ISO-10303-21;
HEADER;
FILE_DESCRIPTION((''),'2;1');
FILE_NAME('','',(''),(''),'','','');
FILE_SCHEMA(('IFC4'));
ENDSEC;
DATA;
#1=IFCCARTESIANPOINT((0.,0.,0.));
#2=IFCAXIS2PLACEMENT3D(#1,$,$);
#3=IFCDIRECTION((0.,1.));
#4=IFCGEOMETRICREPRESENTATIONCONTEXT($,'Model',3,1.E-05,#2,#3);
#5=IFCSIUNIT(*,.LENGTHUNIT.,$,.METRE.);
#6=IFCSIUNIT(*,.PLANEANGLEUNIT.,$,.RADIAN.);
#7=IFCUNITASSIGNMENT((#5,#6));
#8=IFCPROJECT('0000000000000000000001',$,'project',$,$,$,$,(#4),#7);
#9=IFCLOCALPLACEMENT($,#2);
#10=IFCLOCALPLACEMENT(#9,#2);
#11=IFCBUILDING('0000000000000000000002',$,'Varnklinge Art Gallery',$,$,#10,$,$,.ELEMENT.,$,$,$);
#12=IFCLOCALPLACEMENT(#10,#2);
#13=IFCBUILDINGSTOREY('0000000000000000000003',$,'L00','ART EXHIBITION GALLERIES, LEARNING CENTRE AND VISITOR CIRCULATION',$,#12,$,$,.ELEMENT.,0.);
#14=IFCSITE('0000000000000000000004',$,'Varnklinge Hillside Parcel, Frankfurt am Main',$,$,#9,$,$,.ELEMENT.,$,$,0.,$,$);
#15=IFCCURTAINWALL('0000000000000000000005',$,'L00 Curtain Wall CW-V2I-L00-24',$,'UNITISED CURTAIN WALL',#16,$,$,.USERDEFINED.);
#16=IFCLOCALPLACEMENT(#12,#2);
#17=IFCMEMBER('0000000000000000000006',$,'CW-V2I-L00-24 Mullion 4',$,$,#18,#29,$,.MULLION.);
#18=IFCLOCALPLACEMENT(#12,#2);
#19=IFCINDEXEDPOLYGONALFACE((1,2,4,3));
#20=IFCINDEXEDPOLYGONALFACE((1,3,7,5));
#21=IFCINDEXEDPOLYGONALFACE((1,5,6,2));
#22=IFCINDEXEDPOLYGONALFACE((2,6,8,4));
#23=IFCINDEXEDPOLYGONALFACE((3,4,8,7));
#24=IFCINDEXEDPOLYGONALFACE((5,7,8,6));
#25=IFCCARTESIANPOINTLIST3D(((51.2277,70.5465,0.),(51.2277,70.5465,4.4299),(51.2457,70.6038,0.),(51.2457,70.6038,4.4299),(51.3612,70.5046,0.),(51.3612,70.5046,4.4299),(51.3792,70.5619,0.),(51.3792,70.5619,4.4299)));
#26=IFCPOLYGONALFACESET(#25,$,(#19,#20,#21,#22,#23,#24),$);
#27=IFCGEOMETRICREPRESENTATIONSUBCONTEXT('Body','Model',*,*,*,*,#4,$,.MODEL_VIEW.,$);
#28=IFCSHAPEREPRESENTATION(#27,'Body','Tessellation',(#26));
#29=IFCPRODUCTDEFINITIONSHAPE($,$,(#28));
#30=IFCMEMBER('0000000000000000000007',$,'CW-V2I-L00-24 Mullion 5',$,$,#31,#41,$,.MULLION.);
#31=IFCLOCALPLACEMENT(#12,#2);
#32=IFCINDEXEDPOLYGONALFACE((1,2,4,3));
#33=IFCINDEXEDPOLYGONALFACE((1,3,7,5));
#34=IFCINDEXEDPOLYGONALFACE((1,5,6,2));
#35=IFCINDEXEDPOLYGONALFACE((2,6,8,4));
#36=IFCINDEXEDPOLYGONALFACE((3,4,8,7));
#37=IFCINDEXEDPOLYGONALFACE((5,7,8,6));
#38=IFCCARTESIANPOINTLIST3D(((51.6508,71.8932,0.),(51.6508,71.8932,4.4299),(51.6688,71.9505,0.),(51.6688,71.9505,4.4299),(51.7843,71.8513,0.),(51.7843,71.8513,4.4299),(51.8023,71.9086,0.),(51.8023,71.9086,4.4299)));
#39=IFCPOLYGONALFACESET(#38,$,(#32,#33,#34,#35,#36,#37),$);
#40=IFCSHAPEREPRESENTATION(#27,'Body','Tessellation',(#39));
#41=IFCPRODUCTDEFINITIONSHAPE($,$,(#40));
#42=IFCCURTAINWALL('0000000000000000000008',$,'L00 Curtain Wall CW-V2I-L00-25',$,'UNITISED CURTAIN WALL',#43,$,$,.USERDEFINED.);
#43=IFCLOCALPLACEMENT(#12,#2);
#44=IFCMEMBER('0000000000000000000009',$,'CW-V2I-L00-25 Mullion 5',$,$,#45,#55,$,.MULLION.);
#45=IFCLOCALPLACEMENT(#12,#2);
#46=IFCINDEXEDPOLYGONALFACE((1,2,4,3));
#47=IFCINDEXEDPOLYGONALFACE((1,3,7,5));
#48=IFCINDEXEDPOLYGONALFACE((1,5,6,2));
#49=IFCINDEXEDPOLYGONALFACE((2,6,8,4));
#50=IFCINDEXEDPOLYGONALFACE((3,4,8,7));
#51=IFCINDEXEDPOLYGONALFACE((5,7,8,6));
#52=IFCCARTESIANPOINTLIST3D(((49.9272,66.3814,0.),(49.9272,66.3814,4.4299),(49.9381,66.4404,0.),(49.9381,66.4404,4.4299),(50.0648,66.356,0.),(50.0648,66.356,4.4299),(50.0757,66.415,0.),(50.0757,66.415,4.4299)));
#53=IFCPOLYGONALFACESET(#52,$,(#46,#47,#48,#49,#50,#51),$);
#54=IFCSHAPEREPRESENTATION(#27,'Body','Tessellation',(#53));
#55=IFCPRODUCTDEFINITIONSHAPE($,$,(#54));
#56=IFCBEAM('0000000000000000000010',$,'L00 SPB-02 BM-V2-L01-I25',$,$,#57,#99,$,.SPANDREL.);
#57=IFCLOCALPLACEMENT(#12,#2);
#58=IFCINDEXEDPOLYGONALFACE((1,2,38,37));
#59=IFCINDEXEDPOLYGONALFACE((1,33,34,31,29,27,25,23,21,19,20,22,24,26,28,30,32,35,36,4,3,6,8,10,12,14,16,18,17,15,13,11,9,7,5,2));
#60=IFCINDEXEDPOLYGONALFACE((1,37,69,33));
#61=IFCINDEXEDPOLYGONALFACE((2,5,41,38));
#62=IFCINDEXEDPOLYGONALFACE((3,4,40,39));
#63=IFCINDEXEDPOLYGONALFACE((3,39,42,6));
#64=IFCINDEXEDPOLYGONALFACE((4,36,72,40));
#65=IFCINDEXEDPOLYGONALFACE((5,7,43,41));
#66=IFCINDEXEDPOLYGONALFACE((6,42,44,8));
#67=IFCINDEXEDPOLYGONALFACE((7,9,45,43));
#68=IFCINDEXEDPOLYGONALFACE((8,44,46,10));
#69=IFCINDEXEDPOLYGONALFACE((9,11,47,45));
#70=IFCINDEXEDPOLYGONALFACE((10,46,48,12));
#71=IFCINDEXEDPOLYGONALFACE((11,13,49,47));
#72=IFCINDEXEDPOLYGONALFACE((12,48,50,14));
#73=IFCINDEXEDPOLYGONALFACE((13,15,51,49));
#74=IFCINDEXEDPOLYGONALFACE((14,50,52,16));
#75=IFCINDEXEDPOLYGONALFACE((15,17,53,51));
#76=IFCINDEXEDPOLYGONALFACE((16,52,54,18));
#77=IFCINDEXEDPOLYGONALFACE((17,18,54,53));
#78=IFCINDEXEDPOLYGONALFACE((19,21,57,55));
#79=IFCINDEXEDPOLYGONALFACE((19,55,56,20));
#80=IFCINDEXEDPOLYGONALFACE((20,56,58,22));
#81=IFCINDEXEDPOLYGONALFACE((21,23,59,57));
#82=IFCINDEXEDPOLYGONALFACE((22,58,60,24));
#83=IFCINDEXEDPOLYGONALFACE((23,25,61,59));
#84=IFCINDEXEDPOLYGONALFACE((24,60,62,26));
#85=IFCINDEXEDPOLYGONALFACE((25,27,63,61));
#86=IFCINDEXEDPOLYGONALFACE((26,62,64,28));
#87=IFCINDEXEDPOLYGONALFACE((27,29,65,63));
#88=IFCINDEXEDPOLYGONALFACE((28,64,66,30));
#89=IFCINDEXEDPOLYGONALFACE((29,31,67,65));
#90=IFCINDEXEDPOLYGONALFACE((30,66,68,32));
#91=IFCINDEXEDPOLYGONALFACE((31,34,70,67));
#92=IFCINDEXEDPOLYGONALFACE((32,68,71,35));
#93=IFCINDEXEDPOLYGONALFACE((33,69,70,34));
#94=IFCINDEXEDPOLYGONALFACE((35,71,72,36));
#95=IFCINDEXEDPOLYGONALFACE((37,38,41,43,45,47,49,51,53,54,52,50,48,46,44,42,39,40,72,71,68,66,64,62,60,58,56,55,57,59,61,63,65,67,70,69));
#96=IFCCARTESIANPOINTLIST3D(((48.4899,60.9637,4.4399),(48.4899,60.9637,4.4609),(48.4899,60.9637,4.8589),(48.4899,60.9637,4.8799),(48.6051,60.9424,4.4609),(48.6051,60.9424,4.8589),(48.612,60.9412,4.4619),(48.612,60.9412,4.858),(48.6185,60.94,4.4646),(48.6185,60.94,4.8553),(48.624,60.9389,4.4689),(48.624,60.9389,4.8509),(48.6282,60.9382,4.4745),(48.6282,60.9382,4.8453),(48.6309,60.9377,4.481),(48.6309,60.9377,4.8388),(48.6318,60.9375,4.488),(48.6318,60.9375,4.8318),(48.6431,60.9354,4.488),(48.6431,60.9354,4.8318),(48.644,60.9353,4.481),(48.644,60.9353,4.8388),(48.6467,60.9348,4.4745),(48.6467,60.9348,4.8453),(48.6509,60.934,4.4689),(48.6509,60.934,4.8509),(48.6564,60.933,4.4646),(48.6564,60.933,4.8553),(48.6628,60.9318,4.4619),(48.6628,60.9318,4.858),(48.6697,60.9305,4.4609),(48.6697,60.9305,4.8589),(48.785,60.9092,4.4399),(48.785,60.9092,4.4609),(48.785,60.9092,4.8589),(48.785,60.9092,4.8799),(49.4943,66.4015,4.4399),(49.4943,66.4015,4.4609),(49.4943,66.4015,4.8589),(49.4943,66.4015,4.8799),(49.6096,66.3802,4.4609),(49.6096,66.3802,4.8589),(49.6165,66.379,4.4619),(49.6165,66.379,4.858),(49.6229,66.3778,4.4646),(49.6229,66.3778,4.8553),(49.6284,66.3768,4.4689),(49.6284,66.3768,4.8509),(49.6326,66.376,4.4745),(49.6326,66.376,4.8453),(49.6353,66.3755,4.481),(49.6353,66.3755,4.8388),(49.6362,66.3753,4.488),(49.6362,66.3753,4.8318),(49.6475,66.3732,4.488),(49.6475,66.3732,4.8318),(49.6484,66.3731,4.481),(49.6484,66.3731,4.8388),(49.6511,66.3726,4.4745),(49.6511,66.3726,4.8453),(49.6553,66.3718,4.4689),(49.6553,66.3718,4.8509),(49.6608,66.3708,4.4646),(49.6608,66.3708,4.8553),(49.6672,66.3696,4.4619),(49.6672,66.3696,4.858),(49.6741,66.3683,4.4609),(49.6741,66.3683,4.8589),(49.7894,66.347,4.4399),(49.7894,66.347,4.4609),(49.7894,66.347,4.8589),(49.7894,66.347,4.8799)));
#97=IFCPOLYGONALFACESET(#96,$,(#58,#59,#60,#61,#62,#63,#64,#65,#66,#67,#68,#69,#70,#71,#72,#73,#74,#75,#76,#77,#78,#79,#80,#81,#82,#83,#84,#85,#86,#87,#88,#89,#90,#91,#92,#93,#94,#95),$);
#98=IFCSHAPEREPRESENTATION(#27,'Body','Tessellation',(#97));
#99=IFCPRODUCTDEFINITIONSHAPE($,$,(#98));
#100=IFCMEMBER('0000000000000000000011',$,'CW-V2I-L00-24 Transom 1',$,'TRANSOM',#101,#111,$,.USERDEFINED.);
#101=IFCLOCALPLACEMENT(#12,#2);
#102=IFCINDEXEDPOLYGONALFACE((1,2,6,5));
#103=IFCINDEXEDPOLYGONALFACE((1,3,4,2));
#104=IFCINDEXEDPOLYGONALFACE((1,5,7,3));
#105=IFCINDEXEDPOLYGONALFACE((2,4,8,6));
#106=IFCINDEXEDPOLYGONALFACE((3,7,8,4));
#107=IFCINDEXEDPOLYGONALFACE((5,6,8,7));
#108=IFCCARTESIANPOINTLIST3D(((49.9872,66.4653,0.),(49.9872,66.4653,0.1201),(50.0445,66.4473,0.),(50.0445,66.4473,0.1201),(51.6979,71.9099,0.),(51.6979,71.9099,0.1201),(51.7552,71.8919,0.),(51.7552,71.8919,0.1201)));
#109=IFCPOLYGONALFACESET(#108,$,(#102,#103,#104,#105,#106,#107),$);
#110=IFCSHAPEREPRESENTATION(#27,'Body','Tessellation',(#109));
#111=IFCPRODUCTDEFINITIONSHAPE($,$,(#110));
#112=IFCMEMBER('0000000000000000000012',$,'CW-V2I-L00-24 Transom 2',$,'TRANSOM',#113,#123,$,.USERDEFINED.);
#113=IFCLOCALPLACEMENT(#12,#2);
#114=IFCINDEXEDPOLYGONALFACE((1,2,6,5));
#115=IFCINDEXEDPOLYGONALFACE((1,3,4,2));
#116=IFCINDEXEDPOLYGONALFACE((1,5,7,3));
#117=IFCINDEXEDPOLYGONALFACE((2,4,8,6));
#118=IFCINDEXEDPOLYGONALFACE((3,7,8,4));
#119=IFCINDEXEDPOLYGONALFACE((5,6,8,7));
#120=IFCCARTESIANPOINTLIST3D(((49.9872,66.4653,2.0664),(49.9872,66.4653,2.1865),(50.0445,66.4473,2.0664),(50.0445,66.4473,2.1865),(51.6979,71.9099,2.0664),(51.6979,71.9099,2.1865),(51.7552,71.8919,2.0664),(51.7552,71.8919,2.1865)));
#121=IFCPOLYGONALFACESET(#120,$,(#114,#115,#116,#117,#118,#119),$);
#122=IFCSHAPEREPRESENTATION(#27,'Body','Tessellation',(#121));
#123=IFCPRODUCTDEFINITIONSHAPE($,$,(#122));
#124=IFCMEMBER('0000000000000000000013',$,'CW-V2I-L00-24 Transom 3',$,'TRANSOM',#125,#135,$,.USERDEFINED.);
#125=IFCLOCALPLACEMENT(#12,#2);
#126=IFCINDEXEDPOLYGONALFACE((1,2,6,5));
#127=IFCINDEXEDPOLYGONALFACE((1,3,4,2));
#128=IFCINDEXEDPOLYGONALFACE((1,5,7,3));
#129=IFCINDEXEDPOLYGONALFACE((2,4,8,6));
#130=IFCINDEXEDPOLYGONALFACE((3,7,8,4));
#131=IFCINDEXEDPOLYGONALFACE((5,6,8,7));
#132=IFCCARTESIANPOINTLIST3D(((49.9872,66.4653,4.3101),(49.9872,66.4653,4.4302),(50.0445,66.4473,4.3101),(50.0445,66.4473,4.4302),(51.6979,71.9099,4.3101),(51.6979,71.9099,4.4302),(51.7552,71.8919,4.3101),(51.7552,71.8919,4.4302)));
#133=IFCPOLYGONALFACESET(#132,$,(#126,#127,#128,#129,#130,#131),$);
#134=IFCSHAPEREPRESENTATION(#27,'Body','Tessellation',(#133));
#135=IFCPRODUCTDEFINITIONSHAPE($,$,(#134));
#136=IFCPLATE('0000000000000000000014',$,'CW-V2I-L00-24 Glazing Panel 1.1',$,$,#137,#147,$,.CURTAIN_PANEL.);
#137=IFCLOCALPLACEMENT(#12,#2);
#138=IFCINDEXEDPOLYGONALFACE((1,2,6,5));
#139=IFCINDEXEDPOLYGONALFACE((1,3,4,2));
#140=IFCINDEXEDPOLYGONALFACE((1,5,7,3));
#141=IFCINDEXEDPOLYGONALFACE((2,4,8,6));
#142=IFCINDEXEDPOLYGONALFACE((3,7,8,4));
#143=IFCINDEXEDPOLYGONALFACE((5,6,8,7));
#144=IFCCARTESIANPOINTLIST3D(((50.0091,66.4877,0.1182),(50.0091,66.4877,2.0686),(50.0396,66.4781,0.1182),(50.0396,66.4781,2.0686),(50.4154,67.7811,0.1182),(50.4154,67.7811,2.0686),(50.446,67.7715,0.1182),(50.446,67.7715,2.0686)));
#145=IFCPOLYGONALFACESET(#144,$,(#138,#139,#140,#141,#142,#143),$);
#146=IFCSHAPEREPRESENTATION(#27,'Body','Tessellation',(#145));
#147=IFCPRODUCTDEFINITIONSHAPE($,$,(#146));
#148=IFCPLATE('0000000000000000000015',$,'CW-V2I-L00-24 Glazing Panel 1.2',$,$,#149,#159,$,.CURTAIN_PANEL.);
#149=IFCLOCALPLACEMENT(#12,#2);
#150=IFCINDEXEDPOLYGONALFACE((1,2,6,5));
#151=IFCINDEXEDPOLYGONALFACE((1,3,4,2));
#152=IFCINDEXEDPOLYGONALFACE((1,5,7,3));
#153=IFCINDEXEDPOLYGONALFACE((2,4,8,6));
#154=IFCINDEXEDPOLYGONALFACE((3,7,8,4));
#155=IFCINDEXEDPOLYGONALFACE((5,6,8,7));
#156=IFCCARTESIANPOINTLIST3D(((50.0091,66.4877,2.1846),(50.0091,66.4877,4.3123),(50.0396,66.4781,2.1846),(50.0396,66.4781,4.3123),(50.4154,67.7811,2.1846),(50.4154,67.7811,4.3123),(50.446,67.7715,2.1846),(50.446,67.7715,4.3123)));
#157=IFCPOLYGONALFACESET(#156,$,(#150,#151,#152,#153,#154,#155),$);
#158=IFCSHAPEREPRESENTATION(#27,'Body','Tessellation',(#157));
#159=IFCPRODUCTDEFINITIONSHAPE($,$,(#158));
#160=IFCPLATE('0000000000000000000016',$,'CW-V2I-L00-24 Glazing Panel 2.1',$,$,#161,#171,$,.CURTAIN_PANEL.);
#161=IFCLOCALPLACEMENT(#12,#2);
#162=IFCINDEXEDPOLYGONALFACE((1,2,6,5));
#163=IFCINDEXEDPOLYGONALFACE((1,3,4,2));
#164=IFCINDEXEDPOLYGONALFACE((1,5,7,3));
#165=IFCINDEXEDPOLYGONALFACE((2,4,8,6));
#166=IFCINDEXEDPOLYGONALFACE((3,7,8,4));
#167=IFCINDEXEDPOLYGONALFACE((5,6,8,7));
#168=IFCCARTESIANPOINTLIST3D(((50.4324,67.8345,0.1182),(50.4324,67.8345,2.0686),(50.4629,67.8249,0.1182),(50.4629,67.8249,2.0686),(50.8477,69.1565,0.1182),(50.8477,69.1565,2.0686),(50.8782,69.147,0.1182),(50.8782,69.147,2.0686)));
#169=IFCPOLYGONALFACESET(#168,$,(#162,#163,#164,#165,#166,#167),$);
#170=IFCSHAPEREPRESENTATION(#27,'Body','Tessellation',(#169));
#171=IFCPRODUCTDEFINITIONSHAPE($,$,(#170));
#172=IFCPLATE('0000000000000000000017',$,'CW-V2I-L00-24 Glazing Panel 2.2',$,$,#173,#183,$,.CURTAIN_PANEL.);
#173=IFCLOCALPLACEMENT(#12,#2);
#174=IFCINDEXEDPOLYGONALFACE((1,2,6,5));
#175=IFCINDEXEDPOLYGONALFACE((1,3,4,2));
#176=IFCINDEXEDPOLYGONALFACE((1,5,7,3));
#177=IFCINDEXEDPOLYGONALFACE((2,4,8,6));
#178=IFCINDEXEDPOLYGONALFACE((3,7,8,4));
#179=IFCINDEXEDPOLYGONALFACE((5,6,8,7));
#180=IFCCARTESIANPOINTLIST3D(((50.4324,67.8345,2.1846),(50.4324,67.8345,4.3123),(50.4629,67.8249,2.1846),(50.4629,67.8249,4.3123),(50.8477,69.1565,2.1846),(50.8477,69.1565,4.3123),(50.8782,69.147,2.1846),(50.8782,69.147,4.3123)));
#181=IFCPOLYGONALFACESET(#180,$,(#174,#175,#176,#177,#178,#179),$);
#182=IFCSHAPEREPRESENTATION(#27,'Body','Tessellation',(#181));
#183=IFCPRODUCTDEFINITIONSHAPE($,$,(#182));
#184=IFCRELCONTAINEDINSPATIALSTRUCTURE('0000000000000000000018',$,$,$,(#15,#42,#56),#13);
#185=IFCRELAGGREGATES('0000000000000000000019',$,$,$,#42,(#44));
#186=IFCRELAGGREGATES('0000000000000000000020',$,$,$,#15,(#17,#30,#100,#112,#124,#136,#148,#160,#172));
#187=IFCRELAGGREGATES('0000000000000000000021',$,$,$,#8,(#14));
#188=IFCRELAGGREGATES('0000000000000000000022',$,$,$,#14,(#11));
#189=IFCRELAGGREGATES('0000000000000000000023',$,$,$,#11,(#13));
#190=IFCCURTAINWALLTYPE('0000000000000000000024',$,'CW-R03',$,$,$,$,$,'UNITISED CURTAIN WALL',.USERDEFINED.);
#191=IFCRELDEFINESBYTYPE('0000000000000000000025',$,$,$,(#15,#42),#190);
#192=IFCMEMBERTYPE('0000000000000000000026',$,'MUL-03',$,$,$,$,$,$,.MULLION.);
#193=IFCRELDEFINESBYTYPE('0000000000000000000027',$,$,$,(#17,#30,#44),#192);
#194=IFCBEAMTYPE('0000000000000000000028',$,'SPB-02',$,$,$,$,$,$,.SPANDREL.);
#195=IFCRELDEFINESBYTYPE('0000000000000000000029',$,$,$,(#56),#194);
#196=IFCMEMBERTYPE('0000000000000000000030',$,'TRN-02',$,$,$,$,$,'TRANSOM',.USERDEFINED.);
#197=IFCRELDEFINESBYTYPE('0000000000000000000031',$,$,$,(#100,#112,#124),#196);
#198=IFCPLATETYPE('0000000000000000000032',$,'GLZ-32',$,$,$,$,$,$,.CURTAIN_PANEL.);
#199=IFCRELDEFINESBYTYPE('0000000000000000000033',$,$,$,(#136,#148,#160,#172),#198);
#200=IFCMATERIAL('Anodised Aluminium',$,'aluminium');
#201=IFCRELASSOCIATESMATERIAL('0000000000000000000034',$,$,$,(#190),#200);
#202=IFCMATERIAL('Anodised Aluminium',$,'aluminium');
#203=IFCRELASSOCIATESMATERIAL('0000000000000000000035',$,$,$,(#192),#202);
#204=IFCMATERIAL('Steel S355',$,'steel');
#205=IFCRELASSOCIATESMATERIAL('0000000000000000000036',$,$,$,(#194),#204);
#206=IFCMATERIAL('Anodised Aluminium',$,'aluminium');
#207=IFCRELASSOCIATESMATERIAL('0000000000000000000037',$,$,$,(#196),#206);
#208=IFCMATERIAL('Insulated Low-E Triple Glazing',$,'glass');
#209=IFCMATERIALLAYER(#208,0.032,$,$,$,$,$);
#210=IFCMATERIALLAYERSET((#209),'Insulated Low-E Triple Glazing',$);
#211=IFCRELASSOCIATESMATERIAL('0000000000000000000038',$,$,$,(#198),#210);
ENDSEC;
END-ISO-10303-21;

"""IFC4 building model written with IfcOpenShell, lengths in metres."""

from ifc_helpers import new_model, si_unit, direction, frame, origin, origin_2d, place, context, subcontext, project, spatial, rectangle, i_section, extrude, material, layer, layer_set, material_profile, profile_set, type_object, element, aggregate, save


model = new_model("IFC4")

# Units and contexts
model_context = context("Model", 3, precision=1e-05, world=origin(), true_north=direction((0.0, 1.0)))
body_context = subcontext(model_context, "Body", "Model", "MODEL_VIEW")
ifc_project = project(units=[si_unit("LENGTHUNIT", "METRE"), si_unit("PLANEANGLEUNIT", "RADIAN")], contexts=[model_context])

# Site, building, storey
site_placement = place(None, origin())
site = spatial("IfcSite", under=ifc_project, at=site_placement, Name="Varnklinge Hillside Parcel, Frankfurt am Main", CompositionType="ELEMENT", RefElevation=0.0)
building_placement = place(site_placement, origin())
building = spatial("IfcBuilding", under=site, at=building_placement, Name="Varnklinge Art Gallery", CompositionType="ELEMENT")
storey_placement = place(building_placement, origin())
storey = spatial("IfcBuildingStorey", under=building, at=storey_placement, Name="L00", Description="ART EXHIBITION GALLERIES, LEARNING CENTRE AND VISITOR CIRCULATION", CompositionType="ELEMENT", Elevation=0.0)

# Curtain wall, members
ifc_material_1 = material(Name="Anodised Aluminium", Category="aluminium")
curtain_wall_type = type_object("IfcCurtainWallType", Name="CW-R03", ElementType="UNITISED CURTAIN WALL", PredefinedType="USERDEFINED", material=ifc_material_1)
curtain_wall_1_placement = place(storey_placement, origin())
curtain_wall_1 = element("IfcCurtainWall", 1, at=curtain_wall_1_placement, inside=storey, type_object=curtain_wall_type, Name="L00 Curtain Wall CW-V2I-L00-24", ObjectType="UNITISED CURTAIN WALL", PredefinedType="USERDEFINED")
ifc_material_2 = material(Name="Anodised Aluminium", Category="aluminium")
ifc_material_profile_1 = material_profile(ifc_material_2, rectangle(XDim=0.0601, YDim=0.1399, at=origin_2d()), Name="ALU 60x140")
ifc_profile_set_1 = profile_set([ifc_material_profile_1], Name="Anodised Aluminium")
member_type_1 = type_object("IfcMemberType", Name="MUL-03", PredefinedType="MULLION", material=ifc_profile_set_1)
member_1_placement = place(storey_placement, frame((51.3035, 70.5542, 0.0), z_axis=(0.0, 0.0, 1.0), x_axis=(0.299707, 0.954031, 0.0)))
member_1 = element("IfcMember", 2, at=member_1_placement, type_object=member_type_1, Name="CW-V2I-L00-24 Mullion 4", PredefinedType="MULLION", context=body_context, shape_type="SweptSolid", body=[
    extrude(rectangle(XDim=0.0601, YDim=0.1399, at=origin_2d()), origin(), (0.0, 0.0, 1.0), 4.4299),
])
member_2_placement = place(storey_placement, frame((51.7266, 71.9009, 0.0), z_axis=(0.0, 0.0, 1.0), x_axis=(0.299707, 0.954031, 0.0)))
member_2 = element("IfcMember", 3, at=member_2_placement, type_object=member_type_1, Name="CW-V2I-L00-24 Mullion 5", PredefinedType="MULLION", context=body_context, shape_type="SweptSolid", body=[
    extrude(rectangle(XDim=0.0601, YDim=0.1399, at=origin_2d()), origin(), (0.0, 0.0, 1.0), 4.4299),
])

# Curtain wall, member
curtain_wall_2_placement = place(storey_placement, origin())
curtain_wall_2 = element("IfcCurtainWall", 4, at=curtain_wall_2_placement, inside=storey, type_object=curtain_wall_type, Name="L00 Curtain Wall CW-V2I-L00-25", ObjectType="UNITISED CURTAIN WALL", PredefinedType="USERDEFINED")
member_3_placement = place(storey_placement, frame((50.0015, 66.3982, 0.0), z_axis=(0.0, 0.0, 1.0), x_axis=(0.181549, 0.983382, 0.0)))
member_3 = element("IfcMember", 5, at=member_3_placement, type_object=member_type_1, Name="CW-V2I-L00-25 Mullion 5", PredefinedType="MULLION", context=body_context, shape_type="SweptSolid", body=[
    extrude(rectangle(XDim=0.0601, YDim=0.1399, at=origin_2d()), origin(), (0.0, 0.0, 1.0), 4.4299),
])
aggregate(curtain_wall_2, [member_3])

# Beam
ifc_material_3 = material(Name="Steel S355", Category="steel")
ifc_material_profile_2 = material_profile(ifc_material_3, i_section(OverallWidth=0.3, OverallDepth=0.4399, WebThickness=0.0115, FlangeThickness=0.021, FilletRadius=0.0271, at=origin_2d()), Name="HEA 450")
ifc_profile_set_2 = profile_set([ifc_material_profile_2], Name="Steel S355")
beam_type_1 = type_object("IfcBeamType", Name="SPB-02", PredefinedType="SPANDREL", material=ifc_profile_set_2)
beam_1_placement = place(storey_placement, frame((49.6418, 66.3743, 4.6599), z_axis=(-0.181635, -0.983366, 0.0), x_axis=(0.983366, -0.181635, 0.0)))
element("IfcBeam", 6, at=beam_1_placement, inside=storey, type_object=beam_type_1, Name="L00 SPB-02 BM-V2-L01-I25", PredefinedType="SPANDREL", context=body_context, shape_type="SweptSolid", body=[
    extrude(i_section(OverallWidth=0.3, OverallDepth=0.4399, WebThickness=0.0115, FlangeThickness=0.021, FilletRadius=0.0271, at=origin_2d()), origin(), (0.0, 0.0, 1.0), 5.5298),
])

# Members
ifc_material_4 = material(Name="Anodised Aluminium", Category="aluminium")
ifc_material_profile_3 = material_profile(ifc_material_4, rectangle(XDim=0.0601, YDim=0.1201, at=origin_2d()), Name="ALU 60x120")
ifc_profile_set_3 = profile_set([ifc_material_profile_3], Name="Anodised Aluminium")
member_type_2 = type_object("IfcMemberType", Name="TRN-02", ElementType="TRANSOM", PredefinedType="USERDEFINED", material=ifc_profile_set_3)
member_4_placement = place(storey_placement, frame((50.0159, 66.4563, 0.0601), z_axis=(0.299753, 0.954017, 0.0), x_axis=(-0.954017, 0.299753, 0.0)))
member_4 = element("IfcMember", 7, at=member_4_placement, type_object=member_type_2, Name="CW-V2I-L00-24 Transom 1", ObjectType="TRANSOM", PredefinedType="USERDEFINED", context=body_context, shape_type="SweptSolid", body=[
    extrude(rectangle(XDim=0.0601, YDim=0.1201, at=origin_2d()), origin(), (0.0, 0.0, 1.0), 5.707),
])
member_5_placement = place(storey_placement, frame((50.0159, 66.4563, 2.1265), z_axis=(0.299753, 0.954017, 0.0), x_axis=(-0.954017, 0.299753, 0.0)))
member_5 = element("IfcMember", 8, at=member_5_placement, type_object=member_type_2, Name="CW-V2I-L00-24 Transom 2", ObjectType="TRANSOM", PredefinedType="USERDEFINED", context=body_context, shape_type="SweptSolid", body=[
    extrude(rectangle(XDim=0.0601, YDim=0.1201, at=origin_2d()), origin(), (0.0, 0.0, 1.0), 5.707),
])
member_6_placement = place(storey_placement, frame((50.0159, 66.4563, 4.3701), z_axis=(0.299753, 0.954017, 0.0), x_axis=(-0.954017, 0.299753, 0.0)))
member_6 = element("IfcMember", 9, at=member_6_placement, type_object=member_type_2, Name="CW-V2I-L00-24 Transom 3", ObjectType="TRANSOM", PredefinedType="USERDEFINED", context=body_context, shape_type="SweptSolid", body=[
    extrude(rectangle(XDim=0.0601, YDim=0.1201, at=origin_2d()), origin(), (0.0, 0.0, 1.0), 5.707),
])

# Plates
ifc_material_5 = material(Name="Insulated Low-E Triple Glazing", Category="glass")
ifc_layer_1 = layer(ifc_material_5, 0.032)
ifc_layer_set_1 = layer_set([ifc_layer_1], Name="Insulated Low-E Triple Glazing")
plate_type = type_object("IfcPlateType", Name="GLZ-32", PredefinedType="CURTAIN_PANEL", material=ifc_layer_set_1)
plate_1_placement = place(storey_placement, frame((50.2275, 67.1296, 0.1182), z_axis=(0.0, 0.0, 1.0), x_axis=(0.299707, 0.954031, 0.0)))
plate_1 = element("IfcPlate", 10, at=plate_1_placement, type_object=plate_type, Name="CW-V2I-L00-24 Glazing Panel 1.1", PredefinedType="CURTAIN_PANEL", context=body_context, shape_type="SweptSolid", body=[
    extrude(rectangle(XDim=1.3557, YDim=0.032, at=origin_2d()), origin(), (0.0, 0.0, 1.0), 1.9504),
])
plate_2_placement = place(storey_placement, frame((50.2275, 67.1296, 2.1846), z_axis=(0.0, 0.0, 1.0), x_axis=(0.299707, 0.954031, 0.0)))
plate_2 = element("IfcPlate", 11, at=plate_2_placement, type_object=plate_type, Name="CW-V2I-L00-24 Glazing Panel 1.2", PredefinedType="CURTAIN_PANEL", context=body_context, shape_type="SweptSolid", body=[
    extrude(rectangle(XDim=1.3557, YDim=0.032, at=origin_2d()), origin(), (0.0, 0.0, 1.0), 2.1277),
])
plate_3_placement = place(storey_placement, frame((50.6553, 68.4907, 0.1182), z_axis=(0.0, 0.0, 1.0), x_axis=(0.299707, 0.954031, 0.0)))
plate_3 = element("IfcPlate", 12, at=plate_3_placement, type_object=plate_type, Name="CW-V2I-L00-24 Glazing Panel 2.1", PredefinedType="CURTAIN_PANEL", context=body_context, shape_type="SweptSolid", body=[
    extrude(rectangle(XDim=1.3857, YDim=0.032, at=origin_2d()), origin(), (0.0, 0.0, 1.0), 1.9504),
])
plate_4_placement = place(storey_placement, frame((50.6553, 68.4907, 2.1846), z_axis=(0.0, 0.0, 1.0), x_axis=(0.299707, 0.954031, 0.0)))
plate_4 = element("IfcPlate", 13, at=plate_4_placement, type_object=plate_type, Name="CW-V2I-L00-24 Glazing Panel 2.2", PredefinedType="CURTAIN_PANEL", context=body_context, shape_type="SweptSolid", body=[
    extrude(rectangle(XDim=1.3857, YDim=0.032, at=origin_2d()), origin(), (0.0, 0.0, 1.0), 2.1277),
])
aggregate(curtain_wall_1, [member_1, member_2, member_4, member_5, member_6, plate_1, plate_2, plate_3, plate_4])

save(model, "model.ifc")
